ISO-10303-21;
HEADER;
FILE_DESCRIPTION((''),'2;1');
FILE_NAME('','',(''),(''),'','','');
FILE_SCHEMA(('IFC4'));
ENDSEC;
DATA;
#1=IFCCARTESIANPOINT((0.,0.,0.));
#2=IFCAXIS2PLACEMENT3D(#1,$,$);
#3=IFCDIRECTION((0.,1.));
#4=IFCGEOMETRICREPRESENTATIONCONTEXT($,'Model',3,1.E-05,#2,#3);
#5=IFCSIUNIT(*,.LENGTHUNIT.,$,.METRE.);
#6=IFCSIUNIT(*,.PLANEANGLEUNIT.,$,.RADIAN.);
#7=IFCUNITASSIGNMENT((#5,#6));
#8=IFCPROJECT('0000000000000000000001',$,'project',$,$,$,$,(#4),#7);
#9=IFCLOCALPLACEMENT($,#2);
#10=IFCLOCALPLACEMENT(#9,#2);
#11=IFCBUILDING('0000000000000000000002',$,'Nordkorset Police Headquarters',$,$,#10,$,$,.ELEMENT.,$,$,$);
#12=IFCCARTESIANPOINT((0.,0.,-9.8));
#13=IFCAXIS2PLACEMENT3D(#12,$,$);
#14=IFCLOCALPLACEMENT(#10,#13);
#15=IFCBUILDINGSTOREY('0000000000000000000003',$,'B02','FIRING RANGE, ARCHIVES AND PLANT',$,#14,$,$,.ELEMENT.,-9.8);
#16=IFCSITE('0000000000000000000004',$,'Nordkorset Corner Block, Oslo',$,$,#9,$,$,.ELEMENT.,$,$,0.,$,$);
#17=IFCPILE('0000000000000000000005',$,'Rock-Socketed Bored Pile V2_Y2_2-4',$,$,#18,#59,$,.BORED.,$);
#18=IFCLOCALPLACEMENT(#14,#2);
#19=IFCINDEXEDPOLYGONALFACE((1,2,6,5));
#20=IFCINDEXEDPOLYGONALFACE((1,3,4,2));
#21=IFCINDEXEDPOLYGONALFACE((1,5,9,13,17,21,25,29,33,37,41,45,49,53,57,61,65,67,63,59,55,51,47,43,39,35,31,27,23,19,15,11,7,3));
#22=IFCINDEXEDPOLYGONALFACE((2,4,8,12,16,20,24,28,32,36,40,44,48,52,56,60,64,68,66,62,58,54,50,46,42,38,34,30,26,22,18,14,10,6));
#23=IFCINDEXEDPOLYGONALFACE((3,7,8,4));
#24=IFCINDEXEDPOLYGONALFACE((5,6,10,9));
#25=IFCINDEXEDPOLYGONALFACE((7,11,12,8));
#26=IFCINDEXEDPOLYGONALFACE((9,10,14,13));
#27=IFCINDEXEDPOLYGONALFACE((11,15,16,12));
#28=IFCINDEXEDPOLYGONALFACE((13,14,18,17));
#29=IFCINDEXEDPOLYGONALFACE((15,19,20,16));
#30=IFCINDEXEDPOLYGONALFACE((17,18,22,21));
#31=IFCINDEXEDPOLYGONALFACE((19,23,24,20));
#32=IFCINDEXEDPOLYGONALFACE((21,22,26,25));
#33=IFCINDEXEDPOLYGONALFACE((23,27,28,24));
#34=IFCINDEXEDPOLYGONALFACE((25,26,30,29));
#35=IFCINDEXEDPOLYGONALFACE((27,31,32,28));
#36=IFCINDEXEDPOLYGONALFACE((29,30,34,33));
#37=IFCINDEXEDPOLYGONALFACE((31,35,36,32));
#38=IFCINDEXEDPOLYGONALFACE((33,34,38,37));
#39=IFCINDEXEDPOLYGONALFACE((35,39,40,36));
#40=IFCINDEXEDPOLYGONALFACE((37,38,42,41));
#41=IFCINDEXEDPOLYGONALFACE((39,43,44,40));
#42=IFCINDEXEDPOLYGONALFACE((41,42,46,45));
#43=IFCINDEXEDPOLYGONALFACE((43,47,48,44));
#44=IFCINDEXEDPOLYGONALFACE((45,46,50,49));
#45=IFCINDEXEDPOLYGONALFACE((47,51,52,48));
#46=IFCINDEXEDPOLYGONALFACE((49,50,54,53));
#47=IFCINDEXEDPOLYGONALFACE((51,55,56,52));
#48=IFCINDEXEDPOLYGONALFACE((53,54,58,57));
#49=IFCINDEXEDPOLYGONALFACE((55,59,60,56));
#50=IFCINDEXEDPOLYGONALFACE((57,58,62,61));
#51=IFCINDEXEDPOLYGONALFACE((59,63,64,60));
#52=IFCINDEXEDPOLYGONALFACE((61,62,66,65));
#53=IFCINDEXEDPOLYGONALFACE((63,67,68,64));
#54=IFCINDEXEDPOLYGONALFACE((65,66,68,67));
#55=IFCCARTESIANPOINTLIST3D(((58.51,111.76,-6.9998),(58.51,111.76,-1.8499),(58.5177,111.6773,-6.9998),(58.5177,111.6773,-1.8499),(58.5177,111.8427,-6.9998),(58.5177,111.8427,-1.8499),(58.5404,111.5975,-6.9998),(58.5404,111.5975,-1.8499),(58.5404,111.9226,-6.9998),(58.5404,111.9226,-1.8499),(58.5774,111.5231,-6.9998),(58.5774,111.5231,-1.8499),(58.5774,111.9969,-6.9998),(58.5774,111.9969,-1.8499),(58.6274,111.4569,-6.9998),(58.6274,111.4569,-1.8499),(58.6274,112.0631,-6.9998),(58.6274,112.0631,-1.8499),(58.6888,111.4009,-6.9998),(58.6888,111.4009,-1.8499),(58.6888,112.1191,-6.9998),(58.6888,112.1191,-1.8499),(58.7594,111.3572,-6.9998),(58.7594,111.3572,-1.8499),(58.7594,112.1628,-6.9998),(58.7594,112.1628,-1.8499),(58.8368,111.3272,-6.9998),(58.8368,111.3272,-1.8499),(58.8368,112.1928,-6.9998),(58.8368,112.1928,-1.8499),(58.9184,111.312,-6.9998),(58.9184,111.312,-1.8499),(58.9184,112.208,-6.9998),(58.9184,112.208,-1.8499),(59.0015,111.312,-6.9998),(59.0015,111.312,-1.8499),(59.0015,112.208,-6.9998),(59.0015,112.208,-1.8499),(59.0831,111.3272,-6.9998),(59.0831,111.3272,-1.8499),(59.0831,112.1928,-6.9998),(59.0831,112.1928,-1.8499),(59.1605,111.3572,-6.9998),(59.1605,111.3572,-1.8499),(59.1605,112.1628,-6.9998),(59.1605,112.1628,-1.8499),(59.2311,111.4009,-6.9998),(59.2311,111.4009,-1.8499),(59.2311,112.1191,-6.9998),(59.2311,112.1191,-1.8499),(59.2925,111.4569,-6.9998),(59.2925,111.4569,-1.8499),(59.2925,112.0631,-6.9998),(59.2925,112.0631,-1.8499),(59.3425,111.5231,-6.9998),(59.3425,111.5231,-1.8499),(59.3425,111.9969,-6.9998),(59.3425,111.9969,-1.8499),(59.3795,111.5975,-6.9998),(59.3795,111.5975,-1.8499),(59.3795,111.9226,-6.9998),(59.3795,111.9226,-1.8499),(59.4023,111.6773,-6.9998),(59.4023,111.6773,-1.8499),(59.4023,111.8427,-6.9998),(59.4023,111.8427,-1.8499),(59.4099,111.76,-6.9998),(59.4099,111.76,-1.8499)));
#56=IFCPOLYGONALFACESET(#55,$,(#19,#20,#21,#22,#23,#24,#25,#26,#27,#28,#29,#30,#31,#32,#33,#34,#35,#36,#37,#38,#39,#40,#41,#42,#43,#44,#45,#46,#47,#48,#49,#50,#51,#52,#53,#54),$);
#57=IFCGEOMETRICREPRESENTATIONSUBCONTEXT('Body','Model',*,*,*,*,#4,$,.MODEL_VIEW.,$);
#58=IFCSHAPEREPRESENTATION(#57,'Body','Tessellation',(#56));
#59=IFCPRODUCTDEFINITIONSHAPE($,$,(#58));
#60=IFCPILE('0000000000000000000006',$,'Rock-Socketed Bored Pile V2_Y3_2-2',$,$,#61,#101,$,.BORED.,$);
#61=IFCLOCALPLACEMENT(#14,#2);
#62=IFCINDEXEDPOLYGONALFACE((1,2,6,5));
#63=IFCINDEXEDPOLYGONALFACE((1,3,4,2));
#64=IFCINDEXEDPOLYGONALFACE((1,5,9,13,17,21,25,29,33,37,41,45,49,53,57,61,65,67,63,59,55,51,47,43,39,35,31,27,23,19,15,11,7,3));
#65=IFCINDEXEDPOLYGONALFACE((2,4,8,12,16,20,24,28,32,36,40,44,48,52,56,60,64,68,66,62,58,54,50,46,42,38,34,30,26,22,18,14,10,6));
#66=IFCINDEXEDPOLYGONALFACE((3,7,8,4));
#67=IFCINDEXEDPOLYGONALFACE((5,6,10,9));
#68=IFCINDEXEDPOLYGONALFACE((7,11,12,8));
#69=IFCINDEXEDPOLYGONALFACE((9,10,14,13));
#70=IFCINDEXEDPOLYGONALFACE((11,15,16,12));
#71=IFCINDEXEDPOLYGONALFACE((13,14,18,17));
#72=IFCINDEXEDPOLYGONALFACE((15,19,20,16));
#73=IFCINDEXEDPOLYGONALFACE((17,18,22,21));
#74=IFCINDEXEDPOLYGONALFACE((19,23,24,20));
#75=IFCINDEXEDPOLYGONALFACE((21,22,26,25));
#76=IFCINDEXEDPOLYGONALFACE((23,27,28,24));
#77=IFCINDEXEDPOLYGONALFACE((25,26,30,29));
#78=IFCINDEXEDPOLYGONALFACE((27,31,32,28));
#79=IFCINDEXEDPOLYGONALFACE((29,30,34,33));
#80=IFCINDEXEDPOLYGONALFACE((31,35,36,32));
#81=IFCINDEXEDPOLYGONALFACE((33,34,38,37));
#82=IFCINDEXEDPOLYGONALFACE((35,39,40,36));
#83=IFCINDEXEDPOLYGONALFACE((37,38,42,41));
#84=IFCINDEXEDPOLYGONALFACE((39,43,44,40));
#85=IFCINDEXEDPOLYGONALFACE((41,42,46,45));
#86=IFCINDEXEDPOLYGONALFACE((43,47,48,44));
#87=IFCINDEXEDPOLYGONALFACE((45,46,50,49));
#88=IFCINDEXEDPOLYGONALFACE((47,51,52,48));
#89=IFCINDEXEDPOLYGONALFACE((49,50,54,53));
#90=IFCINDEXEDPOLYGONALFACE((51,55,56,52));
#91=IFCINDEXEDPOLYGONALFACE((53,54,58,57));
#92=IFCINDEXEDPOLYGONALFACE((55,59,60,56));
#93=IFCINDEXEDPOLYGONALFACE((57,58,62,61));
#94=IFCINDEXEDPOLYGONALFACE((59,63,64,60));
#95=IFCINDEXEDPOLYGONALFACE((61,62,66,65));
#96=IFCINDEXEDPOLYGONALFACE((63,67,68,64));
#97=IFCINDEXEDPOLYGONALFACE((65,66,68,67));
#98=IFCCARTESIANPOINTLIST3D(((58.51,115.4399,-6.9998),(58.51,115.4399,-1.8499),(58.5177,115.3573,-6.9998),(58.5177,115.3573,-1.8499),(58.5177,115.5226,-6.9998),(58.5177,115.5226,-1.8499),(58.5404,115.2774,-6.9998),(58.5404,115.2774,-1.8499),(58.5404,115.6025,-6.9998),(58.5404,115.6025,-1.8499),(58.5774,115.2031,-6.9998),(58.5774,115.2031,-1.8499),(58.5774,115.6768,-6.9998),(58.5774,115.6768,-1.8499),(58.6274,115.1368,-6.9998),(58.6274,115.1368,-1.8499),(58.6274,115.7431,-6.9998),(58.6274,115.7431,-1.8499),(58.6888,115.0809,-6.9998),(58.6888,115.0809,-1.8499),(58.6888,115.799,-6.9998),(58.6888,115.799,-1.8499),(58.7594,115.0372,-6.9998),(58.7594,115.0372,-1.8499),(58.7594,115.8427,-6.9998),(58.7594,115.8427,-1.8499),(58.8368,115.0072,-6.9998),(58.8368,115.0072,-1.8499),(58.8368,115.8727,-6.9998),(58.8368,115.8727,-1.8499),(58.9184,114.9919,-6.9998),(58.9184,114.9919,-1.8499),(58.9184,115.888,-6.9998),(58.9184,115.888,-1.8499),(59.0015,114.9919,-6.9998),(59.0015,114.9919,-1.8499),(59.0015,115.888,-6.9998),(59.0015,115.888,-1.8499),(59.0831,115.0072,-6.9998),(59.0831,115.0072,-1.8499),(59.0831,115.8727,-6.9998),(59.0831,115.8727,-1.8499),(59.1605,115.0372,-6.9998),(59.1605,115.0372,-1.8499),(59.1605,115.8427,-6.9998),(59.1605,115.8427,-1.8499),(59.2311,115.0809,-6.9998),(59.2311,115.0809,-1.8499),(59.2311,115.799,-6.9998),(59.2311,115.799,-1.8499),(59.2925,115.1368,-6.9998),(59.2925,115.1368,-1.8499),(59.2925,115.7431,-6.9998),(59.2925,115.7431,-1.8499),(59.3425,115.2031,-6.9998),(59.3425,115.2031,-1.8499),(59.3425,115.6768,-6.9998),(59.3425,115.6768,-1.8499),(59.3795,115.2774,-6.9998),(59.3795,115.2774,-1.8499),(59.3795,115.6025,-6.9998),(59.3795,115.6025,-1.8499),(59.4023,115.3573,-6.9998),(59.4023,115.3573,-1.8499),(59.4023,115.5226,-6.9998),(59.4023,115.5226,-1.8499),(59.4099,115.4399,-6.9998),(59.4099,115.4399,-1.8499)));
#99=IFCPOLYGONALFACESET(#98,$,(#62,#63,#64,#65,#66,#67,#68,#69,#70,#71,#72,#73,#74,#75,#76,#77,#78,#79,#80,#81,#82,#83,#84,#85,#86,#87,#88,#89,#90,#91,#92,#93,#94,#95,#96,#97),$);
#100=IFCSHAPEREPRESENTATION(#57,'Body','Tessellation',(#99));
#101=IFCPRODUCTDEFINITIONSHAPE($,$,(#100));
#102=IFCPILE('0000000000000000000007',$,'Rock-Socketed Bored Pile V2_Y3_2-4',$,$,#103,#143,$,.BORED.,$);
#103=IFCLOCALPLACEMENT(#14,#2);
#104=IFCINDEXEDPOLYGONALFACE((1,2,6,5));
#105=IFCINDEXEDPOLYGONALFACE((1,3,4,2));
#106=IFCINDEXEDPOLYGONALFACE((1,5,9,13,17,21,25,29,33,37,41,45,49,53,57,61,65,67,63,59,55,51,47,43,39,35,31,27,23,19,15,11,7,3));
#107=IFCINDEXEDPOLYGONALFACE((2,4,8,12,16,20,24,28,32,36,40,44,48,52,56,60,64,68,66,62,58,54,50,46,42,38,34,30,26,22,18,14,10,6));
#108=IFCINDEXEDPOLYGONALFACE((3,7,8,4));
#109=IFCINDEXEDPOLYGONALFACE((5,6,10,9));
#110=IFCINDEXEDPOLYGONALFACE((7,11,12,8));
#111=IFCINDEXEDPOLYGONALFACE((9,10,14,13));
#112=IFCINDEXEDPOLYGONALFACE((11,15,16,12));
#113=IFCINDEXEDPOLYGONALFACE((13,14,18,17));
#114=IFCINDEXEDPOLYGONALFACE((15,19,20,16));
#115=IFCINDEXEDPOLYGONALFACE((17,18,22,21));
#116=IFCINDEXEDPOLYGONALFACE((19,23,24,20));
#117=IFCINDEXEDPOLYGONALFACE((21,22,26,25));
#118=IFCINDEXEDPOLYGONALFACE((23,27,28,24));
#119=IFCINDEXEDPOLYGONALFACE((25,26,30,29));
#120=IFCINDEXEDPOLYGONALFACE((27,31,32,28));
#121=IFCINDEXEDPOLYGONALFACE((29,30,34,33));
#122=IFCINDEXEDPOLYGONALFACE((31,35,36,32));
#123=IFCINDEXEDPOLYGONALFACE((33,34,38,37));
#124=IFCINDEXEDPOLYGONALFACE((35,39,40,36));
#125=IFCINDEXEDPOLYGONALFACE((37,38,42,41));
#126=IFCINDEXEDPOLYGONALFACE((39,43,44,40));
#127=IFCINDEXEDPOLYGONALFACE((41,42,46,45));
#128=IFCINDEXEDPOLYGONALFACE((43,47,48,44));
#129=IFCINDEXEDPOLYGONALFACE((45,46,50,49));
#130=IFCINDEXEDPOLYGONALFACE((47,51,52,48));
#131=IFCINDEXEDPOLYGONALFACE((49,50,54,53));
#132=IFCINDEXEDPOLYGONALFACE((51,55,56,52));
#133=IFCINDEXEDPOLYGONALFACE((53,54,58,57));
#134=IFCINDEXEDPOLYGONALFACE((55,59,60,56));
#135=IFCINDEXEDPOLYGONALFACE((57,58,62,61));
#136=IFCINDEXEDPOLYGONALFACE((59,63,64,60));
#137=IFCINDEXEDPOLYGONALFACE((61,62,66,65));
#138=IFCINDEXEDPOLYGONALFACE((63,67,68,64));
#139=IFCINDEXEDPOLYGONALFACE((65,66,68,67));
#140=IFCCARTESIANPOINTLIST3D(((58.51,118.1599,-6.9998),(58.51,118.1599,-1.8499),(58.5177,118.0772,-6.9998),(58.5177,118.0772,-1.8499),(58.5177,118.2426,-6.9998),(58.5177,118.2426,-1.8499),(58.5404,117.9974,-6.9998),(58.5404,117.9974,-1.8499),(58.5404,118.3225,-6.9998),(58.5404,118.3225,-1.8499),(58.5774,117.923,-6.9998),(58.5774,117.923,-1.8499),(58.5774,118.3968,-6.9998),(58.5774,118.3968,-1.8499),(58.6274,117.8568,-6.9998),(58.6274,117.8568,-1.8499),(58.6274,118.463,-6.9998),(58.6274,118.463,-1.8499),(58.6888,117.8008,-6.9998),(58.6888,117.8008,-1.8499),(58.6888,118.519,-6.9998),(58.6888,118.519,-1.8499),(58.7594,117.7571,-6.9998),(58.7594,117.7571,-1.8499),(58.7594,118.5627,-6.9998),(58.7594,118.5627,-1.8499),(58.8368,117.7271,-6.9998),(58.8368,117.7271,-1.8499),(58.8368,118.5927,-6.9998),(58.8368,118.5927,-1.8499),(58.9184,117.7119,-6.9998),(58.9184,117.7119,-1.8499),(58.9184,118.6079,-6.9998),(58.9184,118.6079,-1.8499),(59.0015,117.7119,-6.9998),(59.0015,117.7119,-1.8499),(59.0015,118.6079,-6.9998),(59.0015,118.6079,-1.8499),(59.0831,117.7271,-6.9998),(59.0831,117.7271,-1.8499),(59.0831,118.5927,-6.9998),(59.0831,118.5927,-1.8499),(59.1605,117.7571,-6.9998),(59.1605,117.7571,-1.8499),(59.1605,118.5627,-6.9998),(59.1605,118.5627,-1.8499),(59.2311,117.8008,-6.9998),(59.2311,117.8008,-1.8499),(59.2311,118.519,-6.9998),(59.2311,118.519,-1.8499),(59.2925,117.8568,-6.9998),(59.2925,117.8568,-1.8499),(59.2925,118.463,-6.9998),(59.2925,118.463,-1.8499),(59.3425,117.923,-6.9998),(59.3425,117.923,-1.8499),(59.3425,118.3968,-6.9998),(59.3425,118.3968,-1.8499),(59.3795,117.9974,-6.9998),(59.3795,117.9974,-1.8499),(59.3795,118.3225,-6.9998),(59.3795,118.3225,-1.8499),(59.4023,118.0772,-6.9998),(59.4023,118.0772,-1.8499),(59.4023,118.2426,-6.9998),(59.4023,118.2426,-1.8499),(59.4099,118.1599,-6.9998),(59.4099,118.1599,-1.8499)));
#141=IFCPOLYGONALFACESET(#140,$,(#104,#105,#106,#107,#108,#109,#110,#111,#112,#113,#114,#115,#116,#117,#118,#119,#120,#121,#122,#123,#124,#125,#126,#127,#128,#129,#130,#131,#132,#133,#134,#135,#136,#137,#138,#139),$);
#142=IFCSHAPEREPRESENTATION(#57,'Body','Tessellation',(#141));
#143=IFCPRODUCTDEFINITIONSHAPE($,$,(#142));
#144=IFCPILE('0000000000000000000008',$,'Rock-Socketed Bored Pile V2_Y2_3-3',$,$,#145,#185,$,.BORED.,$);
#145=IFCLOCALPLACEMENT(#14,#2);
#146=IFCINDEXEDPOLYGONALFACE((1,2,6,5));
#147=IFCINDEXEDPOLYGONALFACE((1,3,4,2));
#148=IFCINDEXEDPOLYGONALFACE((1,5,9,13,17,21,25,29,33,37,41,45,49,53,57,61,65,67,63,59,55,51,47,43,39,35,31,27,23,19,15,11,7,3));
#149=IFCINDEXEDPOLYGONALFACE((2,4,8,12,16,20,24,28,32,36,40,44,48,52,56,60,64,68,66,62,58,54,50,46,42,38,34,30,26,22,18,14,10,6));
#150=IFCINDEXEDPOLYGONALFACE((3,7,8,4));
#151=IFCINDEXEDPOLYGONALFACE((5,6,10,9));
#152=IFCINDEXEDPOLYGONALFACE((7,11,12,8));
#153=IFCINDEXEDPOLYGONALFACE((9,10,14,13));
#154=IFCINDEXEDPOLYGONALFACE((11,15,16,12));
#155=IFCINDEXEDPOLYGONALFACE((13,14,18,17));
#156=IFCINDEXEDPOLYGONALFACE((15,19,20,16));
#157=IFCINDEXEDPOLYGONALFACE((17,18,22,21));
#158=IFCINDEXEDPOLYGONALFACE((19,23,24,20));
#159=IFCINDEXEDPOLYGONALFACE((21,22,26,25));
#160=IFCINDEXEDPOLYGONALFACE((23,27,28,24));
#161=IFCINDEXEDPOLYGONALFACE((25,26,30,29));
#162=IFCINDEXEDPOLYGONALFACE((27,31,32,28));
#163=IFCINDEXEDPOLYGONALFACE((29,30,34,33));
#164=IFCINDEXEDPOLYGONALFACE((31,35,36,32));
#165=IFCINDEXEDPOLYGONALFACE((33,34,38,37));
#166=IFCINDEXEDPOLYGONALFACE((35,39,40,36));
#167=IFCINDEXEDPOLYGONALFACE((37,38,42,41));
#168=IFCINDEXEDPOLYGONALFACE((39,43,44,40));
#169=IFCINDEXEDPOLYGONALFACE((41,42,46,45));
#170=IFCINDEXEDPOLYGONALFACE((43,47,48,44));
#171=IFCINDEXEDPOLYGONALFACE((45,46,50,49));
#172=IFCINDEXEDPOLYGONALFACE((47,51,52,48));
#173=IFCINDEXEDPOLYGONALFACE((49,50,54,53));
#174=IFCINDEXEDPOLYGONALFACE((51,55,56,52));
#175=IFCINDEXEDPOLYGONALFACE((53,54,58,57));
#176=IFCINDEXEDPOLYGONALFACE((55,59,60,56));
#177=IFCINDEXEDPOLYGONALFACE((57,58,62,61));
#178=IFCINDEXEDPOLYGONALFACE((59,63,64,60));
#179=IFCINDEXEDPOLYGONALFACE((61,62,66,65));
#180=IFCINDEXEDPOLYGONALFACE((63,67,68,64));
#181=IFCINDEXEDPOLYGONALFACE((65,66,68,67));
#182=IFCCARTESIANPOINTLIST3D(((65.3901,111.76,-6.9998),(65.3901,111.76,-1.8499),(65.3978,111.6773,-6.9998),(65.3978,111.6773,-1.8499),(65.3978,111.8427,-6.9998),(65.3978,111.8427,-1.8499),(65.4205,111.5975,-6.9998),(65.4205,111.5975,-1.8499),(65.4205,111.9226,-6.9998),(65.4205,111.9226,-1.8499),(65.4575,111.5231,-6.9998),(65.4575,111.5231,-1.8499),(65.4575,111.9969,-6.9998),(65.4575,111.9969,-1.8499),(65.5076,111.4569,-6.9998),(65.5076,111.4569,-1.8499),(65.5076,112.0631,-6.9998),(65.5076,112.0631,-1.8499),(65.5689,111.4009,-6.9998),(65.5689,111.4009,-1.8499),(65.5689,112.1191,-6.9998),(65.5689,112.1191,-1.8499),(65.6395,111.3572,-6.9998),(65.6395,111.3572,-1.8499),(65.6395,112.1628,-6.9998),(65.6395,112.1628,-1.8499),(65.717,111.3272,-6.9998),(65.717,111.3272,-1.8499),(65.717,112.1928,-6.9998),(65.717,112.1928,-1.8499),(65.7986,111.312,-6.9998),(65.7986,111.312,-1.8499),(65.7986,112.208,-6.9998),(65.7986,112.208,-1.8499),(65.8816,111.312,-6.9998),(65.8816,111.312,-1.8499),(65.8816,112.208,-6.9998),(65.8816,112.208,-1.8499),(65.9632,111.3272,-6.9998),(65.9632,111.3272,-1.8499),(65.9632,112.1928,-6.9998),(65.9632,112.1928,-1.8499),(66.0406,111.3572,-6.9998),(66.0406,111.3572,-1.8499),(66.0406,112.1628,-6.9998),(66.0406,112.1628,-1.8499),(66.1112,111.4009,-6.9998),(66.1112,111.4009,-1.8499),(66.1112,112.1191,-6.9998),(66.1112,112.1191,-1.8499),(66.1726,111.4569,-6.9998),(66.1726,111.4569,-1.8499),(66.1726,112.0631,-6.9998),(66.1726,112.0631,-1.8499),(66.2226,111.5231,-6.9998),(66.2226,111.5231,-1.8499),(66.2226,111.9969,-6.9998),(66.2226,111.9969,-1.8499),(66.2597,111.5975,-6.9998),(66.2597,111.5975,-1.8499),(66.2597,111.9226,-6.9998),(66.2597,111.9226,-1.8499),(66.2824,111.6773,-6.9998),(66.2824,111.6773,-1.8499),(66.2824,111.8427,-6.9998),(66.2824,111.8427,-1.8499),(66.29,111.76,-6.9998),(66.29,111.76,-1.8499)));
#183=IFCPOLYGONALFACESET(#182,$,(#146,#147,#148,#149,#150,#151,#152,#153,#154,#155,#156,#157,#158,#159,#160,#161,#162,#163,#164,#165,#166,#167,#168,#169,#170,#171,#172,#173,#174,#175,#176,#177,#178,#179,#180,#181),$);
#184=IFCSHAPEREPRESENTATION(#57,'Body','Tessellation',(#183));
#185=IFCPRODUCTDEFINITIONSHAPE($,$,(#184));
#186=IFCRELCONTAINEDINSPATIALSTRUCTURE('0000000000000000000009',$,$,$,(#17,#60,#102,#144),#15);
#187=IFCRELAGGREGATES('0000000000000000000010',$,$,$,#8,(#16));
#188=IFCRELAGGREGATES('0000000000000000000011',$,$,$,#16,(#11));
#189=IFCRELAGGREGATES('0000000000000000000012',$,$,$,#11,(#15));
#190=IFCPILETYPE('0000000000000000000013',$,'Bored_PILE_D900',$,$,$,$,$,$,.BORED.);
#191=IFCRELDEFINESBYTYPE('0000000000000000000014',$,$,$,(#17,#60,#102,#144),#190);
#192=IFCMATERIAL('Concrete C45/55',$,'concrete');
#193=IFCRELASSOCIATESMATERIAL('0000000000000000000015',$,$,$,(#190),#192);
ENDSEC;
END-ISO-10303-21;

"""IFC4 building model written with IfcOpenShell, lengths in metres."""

from ifc_helpers import new_model, si_unit, direction, frame, origin, origin_2d, place, context, subcontext, project, spatial, circle, extrude, material, material_profile, profile_set, type_object, element, save


model = new_model("IFC4")

# Units and contexts
model_context = context("Model", 3, precision=1e-05, world=origin(), true_north=direction((0.0, 1.0)))
body_context = subcontext(model_context, "Body", "Model", "MODEL_VIEW")
ifc_project = project(units=[si_unit("LENGTHUNIT", "METRE"), si_unit("PLANEANGLEUNIT", "RADIAN")], contexts=[model_context])

# Site, building, storey
site_placement = place(None, origin())
site = spatial("IfcSite", under=ifc_project, at=site_placement, Name="Nordkorset Corner Block, Oslo", CompositionType="ELEMENT", RefElevation=0.0)
building_placement = place(site_placement, origin())
building = spatial("IfcBuilding", under=site, at=building_placement, Name="Nordkorset Police Headquarters", CompositionType="ELEMENT")
storey_placement = place(building_placement, frame((0.0, 0.0, -9.8)))
storey = spatial("IfcBuildingStorey", under=building, at=storey_placement, Name="B02", Description="FIRING RANGE, ARCHIVES AND PLANT", CompositionType="ELEMENT", Elevation=-9.8)

# Piles
ifc_material_1 = material(Name="Concrete C45/55", Category="concrete")
ifc_material_profile_1 = material_profile(ifc_material_1, circle(Radius=0.45, at=origin_2d()), Name="PILE D900")
ifc_profile_set_1 = profile_set([ifc_material_profile_1], Name="Concrete C45/55")
pile_type = type_object("IfcPileType", Name="Bored_PILE_D900", PredefinedType="BORED", material=ifc_profile_set_1)
for number, where, z_axis, x_axis, name in (
    (1, (58.96, 111.76, -1.8499), (0.0, 0.0, -1.0), (1.0, 0.0, 0.0), "Rock-Socketed Bored Pile V2_Y2_2-4"),
    (2, (58.96, 115.4399, -1.8499), (0.0, 0.0, -1.0), (1.0, 0.0, 0.0), "Rock-Socketed Bored Pile V2_Y3_2-2"),
    (3, (58.96, 118.1599, -1.8499), (0.0, 0.0, -1.0), (1.0, 0.0, 0.0), "Rock-Socketed Bored Pile V2_Y3_2-4"),
    (4, (65.8401, 111.76, -1.8499), (0.0, 0.0, -1.0), (1.0, 0.0, 0.0), "Rock-Socketed Bored Pile V2_Y2_3-3"),
):
    element("IfcPile", number, at=place(storey_placement, frame(where, z_axis=z_axis, x_axis=x_axis)), inside=storey, type_object=pile_type, Name=name, PredefinedType="BORED", context=body_context, shape_type="SweptSolid", body=[
        extrude(circle(Radius=0.45, at=origin_2d()), origin(), (0.0, 0.0, 1.0), 5.1499),
    ])

save(model, "model.ifc")
